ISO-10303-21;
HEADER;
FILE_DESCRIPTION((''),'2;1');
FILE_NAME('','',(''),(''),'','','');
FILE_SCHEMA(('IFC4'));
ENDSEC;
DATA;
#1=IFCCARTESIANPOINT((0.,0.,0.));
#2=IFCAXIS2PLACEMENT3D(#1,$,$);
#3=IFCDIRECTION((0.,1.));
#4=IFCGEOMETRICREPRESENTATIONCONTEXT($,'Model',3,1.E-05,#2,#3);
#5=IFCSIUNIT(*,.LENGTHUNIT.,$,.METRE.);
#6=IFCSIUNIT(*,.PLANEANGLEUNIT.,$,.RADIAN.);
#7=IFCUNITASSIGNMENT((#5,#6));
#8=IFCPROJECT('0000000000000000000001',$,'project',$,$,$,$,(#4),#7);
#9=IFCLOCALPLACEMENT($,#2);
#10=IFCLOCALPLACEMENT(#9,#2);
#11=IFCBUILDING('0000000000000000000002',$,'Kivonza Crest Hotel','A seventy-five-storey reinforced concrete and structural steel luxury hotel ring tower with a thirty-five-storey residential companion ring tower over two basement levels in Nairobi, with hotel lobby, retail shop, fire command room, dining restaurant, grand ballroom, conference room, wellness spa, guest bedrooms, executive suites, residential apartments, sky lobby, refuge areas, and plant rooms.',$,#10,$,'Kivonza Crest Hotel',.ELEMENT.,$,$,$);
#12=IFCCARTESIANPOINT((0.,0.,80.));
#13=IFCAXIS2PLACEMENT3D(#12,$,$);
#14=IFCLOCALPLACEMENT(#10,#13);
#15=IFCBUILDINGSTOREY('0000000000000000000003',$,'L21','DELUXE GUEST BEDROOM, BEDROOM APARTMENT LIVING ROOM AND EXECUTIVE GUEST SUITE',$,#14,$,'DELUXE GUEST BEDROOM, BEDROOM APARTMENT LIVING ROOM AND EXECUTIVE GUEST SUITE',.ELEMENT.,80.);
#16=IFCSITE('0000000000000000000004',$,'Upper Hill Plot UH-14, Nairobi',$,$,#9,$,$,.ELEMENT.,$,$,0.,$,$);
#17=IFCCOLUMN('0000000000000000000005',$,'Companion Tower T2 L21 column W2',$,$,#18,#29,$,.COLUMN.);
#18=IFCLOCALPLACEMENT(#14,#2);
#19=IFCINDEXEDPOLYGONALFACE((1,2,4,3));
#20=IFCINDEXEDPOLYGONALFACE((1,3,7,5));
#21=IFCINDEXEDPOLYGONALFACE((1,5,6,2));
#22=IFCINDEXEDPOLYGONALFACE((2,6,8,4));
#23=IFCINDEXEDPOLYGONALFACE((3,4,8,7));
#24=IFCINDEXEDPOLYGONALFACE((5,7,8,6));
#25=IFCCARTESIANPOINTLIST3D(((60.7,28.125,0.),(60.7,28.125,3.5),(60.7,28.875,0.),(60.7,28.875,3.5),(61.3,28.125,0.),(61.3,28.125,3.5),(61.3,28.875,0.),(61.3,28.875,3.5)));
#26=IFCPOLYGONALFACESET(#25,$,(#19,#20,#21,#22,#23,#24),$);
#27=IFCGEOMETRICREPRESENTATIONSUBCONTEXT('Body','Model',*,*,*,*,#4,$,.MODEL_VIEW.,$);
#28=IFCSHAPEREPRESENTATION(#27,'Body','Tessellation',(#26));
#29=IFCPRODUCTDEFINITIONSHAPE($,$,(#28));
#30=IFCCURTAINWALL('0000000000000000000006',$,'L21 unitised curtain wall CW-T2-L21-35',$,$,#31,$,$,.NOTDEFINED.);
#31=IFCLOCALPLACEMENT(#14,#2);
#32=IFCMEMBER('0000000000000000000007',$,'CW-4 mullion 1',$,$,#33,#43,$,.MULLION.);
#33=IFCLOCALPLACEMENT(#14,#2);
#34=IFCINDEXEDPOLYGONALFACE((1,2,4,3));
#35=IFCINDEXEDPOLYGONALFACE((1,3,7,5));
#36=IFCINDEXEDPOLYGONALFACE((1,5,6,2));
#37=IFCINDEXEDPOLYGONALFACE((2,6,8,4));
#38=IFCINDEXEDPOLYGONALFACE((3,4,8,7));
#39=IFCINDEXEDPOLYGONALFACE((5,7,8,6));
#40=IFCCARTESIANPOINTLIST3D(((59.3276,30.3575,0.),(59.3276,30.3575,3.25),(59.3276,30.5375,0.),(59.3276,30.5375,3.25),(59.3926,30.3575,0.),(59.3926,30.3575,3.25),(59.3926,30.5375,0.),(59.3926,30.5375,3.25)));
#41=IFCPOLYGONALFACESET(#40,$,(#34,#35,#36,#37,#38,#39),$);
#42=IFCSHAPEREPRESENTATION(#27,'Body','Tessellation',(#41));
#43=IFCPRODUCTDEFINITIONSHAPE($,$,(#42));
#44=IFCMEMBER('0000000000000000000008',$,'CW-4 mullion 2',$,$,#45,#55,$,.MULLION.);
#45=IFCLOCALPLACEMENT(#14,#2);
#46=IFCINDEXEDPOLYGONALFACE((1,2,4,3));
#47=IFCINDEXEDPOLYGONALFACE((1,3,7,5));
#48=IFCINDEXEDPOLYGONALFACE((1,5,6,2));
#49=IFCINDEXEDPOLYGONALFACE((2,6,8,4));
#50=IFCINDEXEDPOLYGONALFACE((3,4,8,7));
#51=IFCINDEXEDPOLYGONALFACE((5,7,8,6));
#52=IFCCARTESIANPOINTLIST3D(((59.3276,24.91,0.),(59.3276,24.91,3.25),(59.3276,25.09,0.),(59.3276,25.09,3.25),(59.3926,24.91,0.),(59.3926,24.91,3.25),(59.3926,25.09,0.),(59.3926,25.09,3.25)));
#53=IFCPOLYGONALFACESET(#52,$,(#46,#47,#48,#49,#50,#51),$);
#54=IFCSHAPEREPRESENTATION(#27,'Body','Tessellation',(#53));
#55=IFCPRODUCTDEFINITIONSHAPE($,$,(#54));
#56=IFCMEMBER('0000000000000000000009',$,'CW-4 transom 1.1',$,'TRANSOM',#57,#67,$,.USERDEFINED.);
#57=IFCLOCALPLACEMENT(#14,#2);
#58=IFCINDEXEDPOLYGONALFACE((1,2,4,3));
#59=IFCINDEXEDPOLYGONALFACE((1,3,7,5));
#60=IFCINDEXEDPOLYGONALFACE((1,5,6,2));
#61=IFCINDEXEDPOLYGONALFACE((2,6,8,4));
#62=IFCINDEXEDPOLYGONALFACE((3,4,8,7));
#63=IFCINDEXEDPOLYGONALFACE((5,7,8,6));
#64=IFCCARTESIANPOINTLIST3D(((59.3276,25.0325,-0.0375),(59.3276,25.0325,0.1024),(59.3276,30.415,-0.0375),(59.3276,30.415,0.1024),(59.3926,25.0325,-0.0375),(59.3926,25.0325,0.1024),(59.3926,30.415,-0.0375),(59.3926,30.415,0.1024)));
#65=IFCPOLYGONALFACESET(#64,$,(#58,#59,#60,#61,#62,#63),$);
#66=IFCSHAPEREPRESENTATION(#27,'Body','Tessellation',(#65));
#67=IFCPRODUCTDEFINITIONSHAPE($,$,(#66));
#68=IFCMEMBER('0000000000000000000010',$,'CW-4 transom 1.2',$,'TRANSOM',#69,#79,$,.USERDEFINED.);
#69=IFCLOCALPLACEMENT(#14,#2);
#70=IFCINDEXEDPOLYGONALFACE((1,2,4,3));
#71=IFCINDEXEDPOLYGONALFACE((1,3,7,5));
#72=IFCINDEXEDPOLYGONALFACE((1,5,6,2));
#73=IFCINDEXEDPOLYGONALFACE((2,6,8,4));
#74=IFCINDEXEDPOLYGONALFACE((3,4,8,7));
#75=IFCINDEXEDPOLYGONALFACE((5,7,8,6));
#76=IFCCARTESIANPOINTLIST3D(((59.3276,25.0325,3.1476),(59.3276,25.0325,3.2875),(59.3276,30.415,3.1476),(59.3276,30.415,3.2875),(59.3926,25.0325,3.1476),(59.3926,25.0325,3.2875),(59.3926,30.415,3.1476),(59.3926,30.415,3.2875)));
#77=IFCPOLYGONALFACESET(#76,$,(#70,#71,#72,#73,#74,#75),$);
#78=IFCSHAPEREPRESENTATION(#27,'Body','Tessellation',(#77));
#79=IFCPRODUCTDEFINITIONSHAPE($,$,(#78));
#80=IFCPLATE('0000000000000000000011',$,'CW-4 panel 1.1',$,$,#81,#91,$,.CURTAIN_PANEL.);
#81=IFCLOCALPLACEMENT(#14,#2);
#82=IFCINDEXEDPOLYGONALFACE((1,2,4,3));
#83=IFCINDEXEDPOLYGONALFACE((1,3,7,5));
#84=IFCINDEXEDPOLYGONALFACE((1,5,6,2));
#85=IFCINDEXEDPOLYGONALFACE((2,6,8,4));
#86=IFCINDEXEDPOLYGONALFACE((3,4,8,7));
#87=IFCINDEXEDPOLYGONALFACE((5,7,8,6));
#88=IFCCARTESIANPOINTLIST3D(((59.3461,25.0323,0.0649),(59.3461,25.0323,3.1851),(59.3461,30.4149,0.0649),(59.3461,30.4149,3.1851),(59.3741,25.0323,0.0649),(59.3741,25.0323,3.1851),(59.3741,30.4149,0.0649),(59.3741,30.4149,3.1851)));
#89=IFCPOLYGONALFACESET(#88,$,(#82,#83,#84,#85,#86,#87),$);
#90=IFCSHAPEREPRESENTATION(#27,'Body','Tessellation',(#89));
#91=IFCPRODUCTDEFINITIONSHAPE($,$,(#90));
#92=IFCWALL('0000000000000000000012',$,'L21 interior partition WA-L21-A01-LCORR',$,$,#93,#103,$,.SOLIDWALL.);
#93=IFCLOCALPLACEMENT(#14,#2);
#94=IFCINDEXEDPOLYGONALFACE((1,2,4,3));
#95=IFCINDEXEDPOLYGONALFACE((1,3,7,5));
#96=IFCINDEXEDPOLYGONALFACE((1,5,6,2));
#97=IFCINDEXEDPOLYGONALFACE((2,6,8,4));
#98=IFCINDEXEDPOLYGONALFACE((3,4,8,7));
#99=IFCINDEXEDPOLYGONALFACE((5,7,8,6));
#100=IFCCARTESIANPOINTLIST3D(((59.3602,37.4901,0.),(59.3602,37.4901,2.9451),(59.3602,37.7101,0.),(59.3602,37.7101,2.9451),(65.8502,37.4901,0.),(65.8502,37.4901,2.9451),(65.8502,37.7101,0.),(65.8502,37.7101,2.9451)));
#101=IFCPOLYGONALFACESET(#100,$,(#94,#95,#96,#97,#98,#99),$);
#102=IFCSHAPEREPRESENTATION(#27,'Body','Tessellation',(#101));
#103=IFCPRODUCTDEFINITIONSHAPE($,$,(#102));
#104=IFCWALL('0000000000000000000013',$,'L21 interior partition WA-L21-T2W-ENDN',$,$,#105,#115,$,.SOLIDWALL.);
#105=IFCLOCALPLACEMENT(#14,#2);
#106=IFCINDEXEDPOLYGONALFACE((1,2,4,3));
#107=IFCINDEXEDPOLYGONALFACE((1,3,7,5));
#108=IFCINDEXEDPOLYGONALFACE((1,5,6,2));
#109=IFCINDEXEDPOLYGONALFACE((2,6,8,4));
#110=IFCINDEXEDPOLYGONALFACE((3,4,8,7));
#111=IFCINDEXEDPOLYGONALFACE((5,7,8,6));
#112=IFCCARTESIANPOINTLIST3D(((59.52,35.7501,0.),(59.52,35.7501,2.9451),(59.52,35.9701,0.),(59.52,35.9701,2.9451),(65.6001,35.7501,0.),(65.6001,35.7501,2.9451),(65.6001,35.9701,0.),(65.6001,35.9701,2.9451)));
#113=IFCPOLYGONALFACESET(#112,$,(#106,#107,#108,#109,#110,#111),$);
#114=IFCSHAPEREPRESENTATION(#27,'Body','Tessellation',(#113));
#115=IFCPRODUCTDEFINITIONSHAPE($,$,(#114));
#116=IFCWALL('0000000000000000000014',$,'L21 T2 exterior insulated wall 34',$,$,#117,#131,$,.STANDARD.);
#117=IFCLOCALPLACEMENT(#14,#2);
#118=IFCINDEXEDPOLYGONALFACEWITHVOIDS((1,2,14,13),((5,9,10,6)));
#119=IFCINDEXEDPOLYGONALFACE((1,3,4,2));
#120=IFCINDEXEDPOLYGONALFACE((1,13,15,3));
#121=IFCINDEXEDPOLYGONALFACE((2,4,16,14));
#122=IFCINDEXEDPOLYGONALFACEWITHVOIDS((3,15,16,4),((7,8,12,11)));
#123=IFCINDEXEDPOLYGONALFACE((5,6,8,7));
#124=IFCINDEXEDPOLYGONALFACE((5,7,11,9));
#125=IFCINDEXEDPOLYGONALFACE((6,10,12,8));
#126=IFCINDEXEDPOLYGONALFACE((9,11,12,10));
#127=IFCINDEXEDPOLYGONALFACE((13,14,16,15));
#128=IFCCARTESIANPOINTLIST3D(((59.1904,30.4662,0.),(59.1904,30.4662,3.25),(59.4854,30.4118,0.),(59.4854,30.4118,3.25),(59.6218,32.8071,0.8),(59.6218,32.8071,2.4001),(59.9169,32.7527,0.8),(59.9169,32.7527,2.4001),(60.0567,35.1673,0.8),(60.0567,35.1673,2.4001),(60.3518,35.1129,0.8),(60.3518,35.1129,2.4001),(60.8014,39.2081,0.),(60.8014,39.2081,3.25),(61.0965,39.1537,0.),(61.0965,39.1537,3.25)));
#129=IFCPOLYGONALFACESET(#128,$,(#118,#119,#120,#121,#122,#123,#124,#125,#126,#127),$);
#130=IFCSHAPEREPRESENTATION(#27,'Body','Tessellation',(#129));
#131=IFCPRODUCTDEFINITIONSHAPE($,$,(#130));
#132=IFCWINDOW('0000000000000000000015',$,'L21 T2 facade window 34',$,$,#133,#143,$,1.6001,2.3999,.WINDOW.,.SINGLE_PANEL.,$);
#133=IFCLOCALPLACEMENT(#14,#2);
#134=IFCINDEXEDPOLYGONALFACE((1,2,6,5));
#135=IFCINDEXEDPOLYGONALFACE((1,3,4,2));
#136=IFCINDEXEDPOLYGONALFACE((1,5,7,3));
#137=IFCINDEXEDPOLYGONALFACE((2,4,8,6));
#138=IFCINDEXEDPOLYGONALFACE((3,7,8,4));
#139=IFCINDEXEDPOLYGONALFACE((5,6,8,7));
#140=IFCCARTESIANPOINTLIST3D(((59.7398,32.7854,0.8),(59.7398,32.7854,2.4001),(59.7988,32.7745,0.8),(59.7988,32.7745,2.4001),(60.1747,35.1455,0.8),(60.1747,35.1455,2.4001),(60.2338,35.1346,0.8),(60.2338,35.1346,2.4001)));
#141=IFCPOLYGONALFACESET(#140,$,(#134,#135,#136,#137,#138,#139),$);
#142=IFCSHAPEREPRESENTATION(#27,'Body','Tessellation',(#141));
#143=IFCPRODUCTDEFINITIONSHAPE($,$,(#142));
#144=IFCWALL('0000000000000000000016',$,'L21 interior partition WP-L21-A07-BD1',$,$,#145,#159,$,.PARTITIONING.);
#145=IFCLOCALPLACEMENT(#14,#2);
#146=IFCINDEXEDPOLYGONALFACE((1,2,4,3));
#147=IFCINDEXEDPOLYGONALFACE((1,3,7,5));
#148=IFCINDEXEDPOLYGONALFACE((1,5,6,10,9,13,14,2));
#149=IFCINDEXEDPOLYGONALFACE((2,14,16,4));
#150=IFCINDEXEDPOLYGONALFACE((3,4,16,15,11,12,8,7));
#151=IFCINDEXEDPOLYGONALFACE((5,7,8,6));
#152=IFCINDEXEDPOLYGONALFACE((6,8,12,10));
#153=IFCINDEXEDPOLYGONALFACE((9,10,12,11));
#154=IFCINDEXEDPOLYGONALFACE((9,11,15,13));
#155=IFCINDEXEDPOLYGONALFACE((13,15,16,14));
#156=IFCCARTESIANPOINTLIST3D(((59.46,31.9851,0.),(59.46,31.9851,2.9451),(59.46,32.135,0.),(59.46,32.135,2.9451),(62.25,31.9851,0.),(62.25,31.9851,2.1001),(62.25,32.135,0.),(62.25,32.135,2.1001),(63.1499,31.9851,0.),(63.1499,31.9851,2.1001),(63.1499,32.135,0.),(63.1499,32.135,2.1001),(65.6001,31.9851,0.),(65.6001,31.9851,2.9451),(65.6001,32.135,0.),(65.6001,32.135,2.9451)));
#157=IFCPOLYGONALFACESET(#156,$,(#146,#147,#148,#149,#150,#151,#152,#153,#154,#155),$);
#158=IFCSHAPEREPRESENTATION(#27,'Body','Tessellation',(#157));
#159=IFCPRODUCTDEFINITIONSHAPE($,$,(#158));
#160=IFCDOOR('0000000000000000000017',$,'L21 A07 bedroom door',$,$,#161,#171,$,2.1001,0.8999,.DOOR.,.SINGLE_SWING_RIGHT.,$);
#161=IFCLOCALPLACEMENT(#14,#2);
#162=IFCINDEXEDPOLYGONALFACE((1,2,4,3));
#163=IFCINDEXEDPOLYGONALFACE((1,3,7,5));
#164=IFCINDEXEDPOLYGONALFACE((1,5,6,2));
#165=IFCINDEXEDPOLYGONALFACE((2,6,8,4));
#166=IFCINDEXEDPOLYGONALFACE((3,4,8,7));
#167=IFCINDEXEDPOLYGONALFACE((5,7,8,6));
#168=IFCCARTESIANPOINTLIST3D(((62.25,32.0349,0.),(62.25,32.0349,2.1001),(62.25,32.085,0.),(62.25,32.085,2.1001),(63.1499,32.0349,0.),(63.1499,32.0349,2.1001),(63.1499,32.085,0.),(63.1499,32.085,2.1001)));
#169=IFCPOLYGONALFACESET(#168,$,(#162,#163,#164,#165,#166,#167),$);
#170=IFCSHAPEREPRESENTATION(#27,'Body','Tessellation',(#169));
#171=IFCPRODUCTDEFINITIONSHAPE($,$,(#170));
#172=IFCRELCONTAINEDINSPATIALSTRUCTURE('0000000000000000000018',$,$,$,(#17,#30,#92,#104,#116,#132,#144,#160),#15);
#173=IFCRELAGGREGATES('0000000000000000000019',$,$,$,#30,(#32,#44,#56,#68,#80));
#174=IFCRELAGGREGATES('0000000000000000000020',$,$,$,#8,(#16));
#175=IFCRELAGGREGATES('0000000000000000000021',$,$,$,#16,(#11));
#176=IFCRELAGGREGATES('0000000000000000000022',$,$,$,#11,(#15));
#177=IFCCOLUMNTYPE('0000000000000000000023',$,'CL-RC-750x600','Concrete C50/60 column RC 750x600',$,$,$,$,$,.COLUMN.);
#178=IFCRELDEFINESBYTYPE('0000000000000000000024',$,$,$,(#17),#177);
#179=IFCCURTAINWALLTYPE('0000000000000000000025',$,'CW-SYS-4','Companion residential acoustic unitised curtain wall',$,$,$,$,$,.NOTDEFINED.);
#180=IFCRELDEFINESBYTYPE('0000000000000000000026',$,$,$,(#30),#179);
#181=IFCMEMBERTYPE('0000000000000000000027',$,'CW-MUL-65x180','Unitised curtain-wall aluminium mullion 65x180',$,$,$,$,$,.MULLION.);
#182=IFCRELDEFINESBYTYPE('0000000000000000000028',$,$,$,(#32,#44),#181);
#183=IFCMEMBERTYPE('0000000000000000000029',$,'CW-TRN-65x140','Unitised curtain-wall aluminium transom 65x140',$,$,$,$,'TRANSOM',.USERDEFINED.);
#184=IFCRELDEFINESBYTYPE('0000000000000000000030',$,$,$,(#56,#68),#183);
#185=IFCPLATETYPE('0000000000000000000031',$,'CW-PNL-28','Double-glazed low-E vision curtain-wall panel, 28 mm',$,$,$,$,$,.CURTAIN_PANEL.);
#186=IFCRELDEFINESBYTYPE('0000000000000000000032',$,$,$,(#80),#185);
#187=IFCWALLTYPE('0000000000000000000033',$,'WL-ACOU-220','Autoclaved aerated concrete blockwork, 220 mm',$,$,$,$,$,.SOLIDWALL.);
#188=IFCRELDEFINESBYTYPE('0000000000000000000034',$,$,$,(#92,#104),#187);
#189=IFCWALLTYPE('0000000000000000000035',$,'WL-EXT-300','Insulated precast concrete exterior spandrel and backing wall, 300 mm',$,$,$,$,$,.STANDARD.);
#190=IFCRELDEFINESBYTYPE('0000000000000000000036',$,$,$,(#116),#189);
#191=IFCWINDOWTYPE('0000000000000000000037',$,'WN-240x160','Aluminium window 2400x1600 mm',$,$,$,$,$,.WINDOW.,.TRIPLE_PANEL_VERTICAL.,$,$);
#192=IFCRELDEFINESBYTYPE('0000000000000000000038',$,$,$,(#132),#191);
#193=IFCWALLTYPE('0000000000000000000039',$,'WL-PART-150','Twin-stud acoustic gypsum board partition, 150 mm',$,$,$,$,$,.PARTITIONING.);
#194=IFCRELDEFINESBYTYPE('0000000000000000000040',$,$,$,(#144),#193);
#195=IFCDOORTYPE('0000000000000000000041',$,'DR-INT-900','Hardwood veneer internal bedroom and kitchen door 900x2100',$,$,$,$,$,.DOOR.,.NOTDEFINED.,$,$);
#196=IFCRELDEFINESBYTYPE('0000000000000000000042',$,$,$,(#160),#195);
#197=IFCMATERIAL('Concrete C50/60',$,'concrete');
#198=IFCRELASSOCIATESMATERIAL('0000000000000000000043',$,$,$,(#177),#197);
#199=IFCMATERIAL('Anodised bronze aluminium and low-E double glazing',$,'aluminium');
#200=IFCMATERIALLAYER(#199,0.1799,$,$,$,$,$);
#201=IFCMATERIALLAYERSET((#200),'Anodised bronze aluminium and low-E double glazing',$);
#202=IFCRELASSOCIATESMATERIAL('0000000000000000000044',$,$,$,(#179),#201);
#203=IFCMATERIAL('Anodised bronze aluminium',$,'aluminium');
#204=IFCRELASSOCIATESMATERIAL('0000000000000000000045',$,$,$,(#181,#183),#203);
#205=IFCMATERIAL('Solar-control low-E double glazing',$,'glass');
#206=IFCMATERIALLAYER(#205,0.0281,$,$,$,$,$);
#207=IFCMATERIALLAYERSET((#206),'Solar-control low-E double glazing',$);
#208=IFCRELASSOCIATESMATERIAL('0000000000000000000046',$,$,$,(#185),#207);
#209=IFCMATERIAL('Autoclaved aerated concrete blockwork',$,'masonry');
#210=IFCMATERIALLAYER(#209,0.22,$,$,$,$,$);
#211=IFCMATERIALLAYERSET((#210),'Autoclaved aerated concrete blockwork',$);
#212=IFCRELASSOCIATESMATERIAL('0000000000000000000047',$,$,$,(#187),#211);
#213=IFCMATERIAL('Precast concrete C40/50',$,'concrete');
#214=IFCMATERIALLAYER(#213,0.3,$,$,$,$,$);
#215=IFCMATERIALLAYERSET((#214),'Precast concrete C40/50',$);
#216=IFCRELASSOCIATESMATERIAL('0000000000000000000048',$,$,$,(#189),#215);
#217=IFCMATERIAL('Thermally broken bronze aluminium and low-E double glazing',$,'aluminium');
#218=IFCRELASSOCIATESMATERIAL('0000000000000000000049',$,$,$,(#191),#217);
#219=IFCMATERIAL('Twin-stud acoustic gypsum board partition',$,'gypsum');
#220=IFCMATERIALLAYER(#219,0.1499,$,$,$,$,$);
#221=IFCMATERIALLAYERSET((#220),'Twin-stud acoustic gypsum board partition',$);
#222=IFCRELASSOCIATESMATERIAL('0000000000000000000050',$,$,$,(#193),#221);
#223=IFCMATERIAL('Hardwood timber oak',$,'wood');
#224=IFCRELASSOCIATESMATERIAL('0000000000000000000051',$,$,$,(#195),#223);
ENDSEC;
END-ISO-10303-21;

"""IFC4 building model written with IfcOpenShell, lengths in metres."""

from ifc_helpers import new_model, si_unit, direction, frame, frame_2d, origin, origin_2d, place, context, subcontext, project, spatial, rectangle, extrude, material, layer, layer_set, material_profile, profile_set, type_object, element, fill, aggregate, save


model = new_model("IFC4")

# Units and contexts
model_context = context("Model", 3, precision=1e-05, world=origin(), true_north=direction((0.0, 1.0)))
body_context = subcontext(model_context, "Body", "Model", "MODEL_VIEW")
ifc_project = project(units=[si_unit("LENGTHUNIT", "METRE"), si_unit("PLANEANGLEUNIT", "RADIAN")], contexts=[model_context])

# Site, building, storey
site_placement = place(None, origin())
site = spatial("IfcSite", under=ifc_project, at=site_placement, Name="Upper Hill Plot UH-14, Nairobi", CompositionType="ELEMENT", RefElevation=0.0)
building_placement = place(site_placement, origin())
building = spatial("IfcBuilding", under=site, at=building_placement, Name="Kivonza Crest Hotel", Description="A seventy-five-storey reinforced concrete and structural steel luxury hotel ring tower with a thirty-five-storey residential companion ring tower over two basement levels in Nairobi, with hotel lobby, retail shop, fire command room, dining restaurant, grand ballroom, conference room, wellness spa, guest bedrooms, executive suites, residential apartments, sky lobby, refuge areas, and plant rooms.", LongName="Kivonza Crest Hotel", CompositionType="ELEMENT")
storey_placement = place(building_placement, frame((0.0, 0.0, 80.0)))
storey = spatial("IfcBuildingStorey", under=building, at=storey_placement, Name="L21", Description="DELUXE GUEST BEDROOM, BEDROOM APARTMENT LIVING ROOM AND EXECUTIVE GUEST SUITE", LongName="DELUXE GUEST BEDROOM, BEDROOM APARTMENT LIVING ROOM AND EXECUTIVE GUEST SUITE", CompositionType="ELEMENT", Elevation=80.0)

# Column
ifc_material_1 = material(Name="Concrete C50/60", Category="concrete")
ifc_material_profile_1 = material_profile(ifc_material_1, rectangle(XDim=0.6001, YDim=0.75, at=origin_2d()), Name="RC 750x600")
ifc_profile_set_1 = profile_set([ifc_material_profile_1], Name="Concrete C50/60")
column_type = type_object("IfcColumnType", Name="CL-RC-750x600", Description="Concrete C50/60 column RC 750x600", PredefinedType="COLUMN", material=ifc_profile_set_1)
column_placement = place(storey_placement, frame((61.0, 28.5, 0.0), z_axis=(0.0, 0.0, 1.0), x_axis=(1.0, 0.0, 0.0)))
element("IfcColumn", 1, at=column_placement, inside=storey, type_object=column_type, Name="Companion Tower T2 L21 column W2", PredefinedType="COLUMN", context=body_context, shape_type="SweptSolid", body=[
    extrude(rectangle(XDim=0.6001, YDim=0.75, at=origin_2d()), origin(), (0.0, 0.0, 1.0), 3.5),
])

# Curtain wall, members, plate
ifc_material_2 = material(Name="Anodised bronze aluminium and low-E double glazing", Category="aluminium")
ifc_layer_1 = layer(ifc_material_2, 0.1799)
ifc_layer_set_1 = layer_set([ifc_layer_1], Name="Anodised bronze aluminium and low-E double glazing")
curtain_wall_type = type_object("IfcCurtainWallType", Name="CW-SYS-4", Description="Companion residential acoustic unitised curtain wall", PredefinedType="NOTDEFINED", material=ifc_layer_set_1)
curtain_wall_placement = place(storey_placement, origin())
curtain_wall = element("IfcCurtainWall", 2, at=curtain_wall_placement, inside=storey, type_object=curtain_wall_type, Name="L21 unitised curtain wall CW-T2-L21-35", PredefinedType="NOTDEFINED")
ifc_material_3 = material(Name="Anodised bronze aluminium", Category="aluminium")
ifc_material_profile_2 = material_profile(ifc_material_3, rectangle(XDim=0.0649, YDim=0.1799, at=origin_2d()), Name="CW-M 65x180")
ifc_profile_set_2 = profile_set([ifc_material_profile_2], Name="Anodised bronze aluminium")
member_type_1 = type_object("IfcMemberType", Name="CW-MUL-65x180", Description="Unitised curtain-wall aluminium mullion 65x180", PredefinedType="MULLION", material=ifc_profile_set_2)
member_1_placement = place(storey_placement, frame((59.3601, 30.4475, 0.0), z_axis=(0.0, 0.0, 1.0), x_axis=(1.0, 0.0, 0.0)))
member_1 = element("IfcMember", 3, at=member_1_placement, type_object=member_type_1, Name="CW-4 mullion 1", PredefinedType="MULLION", context=body_context, shape_type="SweptSolid", body=[
    extrude(rectangle(XDim=0.0649, YDim=0.1799, at=origin_2d()), origin(), (0.0, 0.0, 1.0), 3.25),
])
member_2_placement = place(storey_placement, frame((59.3601, 25.0, 0.0), z_axis=(0.0, 0.0, 1.0), x_axis=(1.0, 0.0, 0.0)))
member_2 = element("IfcMember", 4, at=member_2_placement, type_object=member_type_1, Name="CW-4 mullion 2", PredefinedType="MULLION", context=body_context, shape_type="SweptSolid", body=[
    extrude(rectangle(XDim=0.0649, YDim=0.1799, at=origin_2d()), origin(), (0.0, 0.0, 1.0), 3.25),
])
ifc_material_profile_3 = material_profile(ifc_material_3, rectangle(XDim=0.0649, YDim=0.1399, at=origin_2d()), Name="CW-T 65x140")
ifc_profile_set_3 = profile_set([ifc_material_profile_3], Name="Anodised bronze aluminium")
member_type_2 = type_object("IfcMemberType", Name="CW-TRN-65x140", Description="Unitised curtain-wall aluminium transom 65x140", ElementType="TRANSOM", PredefinedType="USERDEFINED", material=ifc_profile_set_3)
member_3_placement = place(storey_placement, frame((59.3601, 30.415, 0.0325), z_axis=(0.0, -1.0, 0.0), x_axis=(1.0, 0.0, 0.0)))
member_3 = element("IfcMember", 5, at=member_3_placement, type_object=member_type_2, Name="CW-4 transom 1.1", ObjectType="TRANSOM", PredefinedType="USERDEFINED", context=body_context, shape_type="SweptSolid", body=[
    extrude(rectangle(XDim=0.0649, YDim=0.1399, at=origin_2d()), origin(), (0.0, 0.0, 1.0), 5.3826),
])
member_4_placement = place(storey_placement, frame((59.3601, 30.415, 3.2175), z_axis=(0.0, -1.0, 0.0), x_axis=(1.0, 0.0, 0.0)))
member_4 = element("IfcMember", 6, at=member_4_placement, type_object=member_type_2, Name="CW-4 transom 1.2", ObjectType="TRANSOM", PredefinedType="USERDEFINED", context=body_context, shape_type="SweptSolid", body=[
    extrude(rectangle(XDim=0.0649, YDim=0.1399, at=origin_2d()), origin(), (0.0, 0.0, 1.0), 5.3826),
])
ifc_material_4 = material(Name="Solar-control low-E double glazing", Category="glass")
ifc_layer_2 = layer(ifc_material_4, 0.0281)
ifc_layer_set_2 = layer_set([ifc_layer_2], Name="Solar-control low-E double glazing")
plate_type = type_object("IfcPlateType", Name="CW-PNL-28", Description="Double-glazed low-E vision curtain-wall panel, 28 mm", PredefinedType="CURTAIN_PANEL", material=ifc_layer_set_2)
plate_placement = place(storey_placement, frame((59.3601, 27.7236, 0.0649), z_axis=(0.0, 0.0, 1.0), x_axis=(0.0, -1.0, 0.0)))
plate = element("IfcPlate", 7, at=plate_placement, type_object=plate_type, Name="CW-4 panel 1.1", PredefinedType="CURTAIN_PANEL", context=body_context, shape_type="SweptSolid", body=[
    extrude(rectangle(XDim=5.3826, YDim=0.0281, at=origin_2d()), origin(), (0.0, 0.0, 1.0), 3.1201),
])
aggregate(curtain_wall, [member_1, member_2, member_3, member_4, plate])

# Walls
ifc_material_5 = material(Name="Autoclaved aerated concrete blockwork", Category="masonry")
ifc_layer_3 = layer(ifc_material_5, 0.22)
ifc_layer_set_3 = layer_set([ifc_layer_3], Name="Autoclaved aerated concrete blockwork")
wall_type_1 = type_object("IfcWallType", Name="WL-ACOU-220", Description="Autoclaved aerated concrete blockwork, 220 mm", PredefinedType="SOLIDWALL", material=ifc_layer_set_3)
wall_1_placement = place(storey_placement, frame((59.3601, 37.6001, 0.0), z_axis=(0.0, 0.0, 1.0), x_axis=(1.0, 0.0, 0.0)))
element("IfcWall", 8, at=wall_1_placement, inside=storey, type_object=wall_type_1, Name="L21 interior partition WA-L21-A01-LCORR", PredefinedType="SOLIDWALL", context=body_context, shape_type="SweptSolid", body=[
    extrude(rectangle(XDim=6.49, YDim=0.22, at=frame_2d((3.2451, 0.0))), origin(), (0.0, 0.0, 1.0), 2.9451),
])
wall_2_placement = place(storey_placement, frame((59.52, 35.8601, 0.0), z_axis=(0.0, 0.0, 1.0), x_axis=(1.0, 0.0, 0.0)))
element("IfcWall", 9, at=wall_2_placement, inside=storey, type_object=wall_type_1, Name="L21 interior partition WA-L21-T2W-ENDN", PredefinedType="SOLIDWALL", context=body_context, shape_type="SweptSolid", body=[
    extrude(rectangle(XDim=6.0801, YDim=0.22, at=frame_2d((3.04, 0.0))), origin(), (0.0, 0.0, 1.0), 2.9451),
])

# Wall, opening, window
ifc_material_6 = material(Name="Precast concrete C40/50", Category="concrete")
ifc_layer_4 = layer(ifc_material_6, 0.3)
ifc_layer_set_4 = layer_set([ifc_layer_4], Name="Precast concrete C40/50")
wall_type_2 = type_object("IfcWallType", Name="WL-EXT-300", Description="Insulated precast concrete exterior spandrel and backing wall, 300 mm", PredefinedType="STANDARD", material=ifc_layer_set_4)
wall_3_placement = place(storey_placement, frame((60.949, 39.1809, 0.0), z_axis=(0.0, 0.0, 1.0), x_axis=(-0.181241, -0.983439, 0.0)))
wall_3 = element("IfcWall", 10, at=wall_3_placement, inside=storey, type_object=wall_type_2, Name="L21 T2 exterior insulated wall 34", PredefinedType="STANDARD", context=body_context, shape_type="SweptSolid", body=[
    extrude(rectangle(XDim=8.8892, YDim=0.3, at=frame_2d((4.4446, 0.0))), origin(), (0.0, 0.0, 1.0), 3.25),
])
opening_1_placement = place(wall_3_placement, frame((4.1089, 0.0, 0.8)))
opening_1 = element("IfcOpeningElement", 11, at=opening_1_placement, cuts=wall_3, PredefinedType="OPENING", context=body_context, shape_type="SweptSolid", body=[
    extrude(rectangle(XDim=2.3999, YDim=1.6001, at=frame_2d((1.2, 0.8))), frame((0.0, 0.1602, 0.0), z_axis=(0.0, -1.0, 0.0), x_axis=(1.0, 0.0, 0.0)), (0.0, 0.0, 1.0), 0.3201),
])
ifc_material_7 = material(Name="Thermally broken bronze aluminium and low-E double glazing", Category="aluminium")
window_type = type_object("IfcWindowType", Name="WN-240x160", Description="Aluminium window 2400x1600 mm", PartitioningType="TRIPLE_PANEL_VERTICAL", PredefinedType="WINDOW", material=ifc_material_7)
window_placement = place(opening_1_placement, origin())
window = element("IfcWindow", 12, at=window_placement, inside=storey, type_object=window_type, Name="L21 T2 facade window 34", OverallHeight=1.6001, OverallWidth=2.3999, PartitioningType="SINGLE_PANEL", PredefinedType="WINDOW", context=body_context, shape_type="SweptSolid", body=[
    extrude(rectangle(XDim=2.3999, YDim=1.6001, at=frame_2d((1.2, 0.8))), frame((0.0, 0.03, 0.0), z_axis=(0.0, -1.0, 0.0), x_axis=(1.0, 0.0, 0.0)), (0.0, 0.0, 1.0), 0.0601),
])
fill(opening_1, window)

# Wall, opening, door
ifc_material_8 = material(Name="Twin-stud acoustic gypsum board partition", Category="gypsum")
ifc_layer_5 = layer(ifc_material_8, 0.1499)
ifc_layer_set_5 = layer_set([ifc_layer_5], Name="Twin-stud acoustic gypsum board partition")
wall_type_3 = type_object("IfcWallType", Name="WL-PART-150", Description="Twin-stud acoustic gypsum board partition, 150 mm", PredefinedType="PARTITIONING", material=ifc_layer_set_5)
wall_4_placement = place(storey_placement, frame((59.46, 32.0601, 0.0), z_axis=(0.0, 0.0, 1.0), x_axis=(1.0, 0.0, 0.0)))
wall_4 = element("IfcWall", 13, at=wall_4_placement, inside=storey, type_object=wall_type_3, Name="L21 interior partition WP-L21-A07-BD1", PredefinedType="PARTITIONING", context=body_context, shape_type="SweptSolid", body=[
    extrude(rectangle(XDim=6.1401, YDim=0.1499, at=frame_2d((3.0701, 0.0))), origin(), (0.0, 0.0, 1.0), 2.9451),
])
opening_2_placement = place(wall_4_placement, frame((2.79, 0.0, 0.0)))
opening_2 = element("IfcOpeningElement", 14, at=opening_2_placement, cuts=wall_4, PredefinedType="OPENING", context=body_context, shape_type="SweptSolid", body=[
    extrude(rectangle(XDim=0.8999, YDim=2.1001, at=frame_2d((0.45, 1.05))), frame((0.0, 0.085, 0.0), z_axis=(0.0, -1.0, 0.0), x_axis=(1.0, 0.0, 0.0)), (0.0, 0.0, 1.0), 0.1699),
])
ifc_material_9 = material(Name="Hardwood timber oak", Category="wood")
door_type = type_object("IfcDoorType", Name="DR-INT-900", Description="Hardwood veneer internal bedroom and kitchen door 900x2100", OperationType="NOTDEFINED", PredefinedType="DOOR", material=ifc_material_9)
door_placement = place(opening_2_placement, origin())
door = element("IfcDoor", 15, at=door_placement, inside=storey, type_object=door_type, Name="L21 A07 bedroom door", OperationType="SINGLE_SWING_RIGHT", OverallHeight=2.1001, OverallWidth=0.8999, PredefinedType="DOOR", context=body_context, shape_type="SweptSolid", body=[
    extrude(rectangle(XDim=0.8999, YDim=2.1001, at=frame_2d((0.45, 1.05))), frame((0.0, 0.0249, 0.0), z_axis=(0.0, -1.0, 0.0), x_axis=(1.0, 0.0, 0.0)), (0.0, 0.0, 1.0), 0.05),
])
fill(opening_2, door)

save(model, "model.ifc")
